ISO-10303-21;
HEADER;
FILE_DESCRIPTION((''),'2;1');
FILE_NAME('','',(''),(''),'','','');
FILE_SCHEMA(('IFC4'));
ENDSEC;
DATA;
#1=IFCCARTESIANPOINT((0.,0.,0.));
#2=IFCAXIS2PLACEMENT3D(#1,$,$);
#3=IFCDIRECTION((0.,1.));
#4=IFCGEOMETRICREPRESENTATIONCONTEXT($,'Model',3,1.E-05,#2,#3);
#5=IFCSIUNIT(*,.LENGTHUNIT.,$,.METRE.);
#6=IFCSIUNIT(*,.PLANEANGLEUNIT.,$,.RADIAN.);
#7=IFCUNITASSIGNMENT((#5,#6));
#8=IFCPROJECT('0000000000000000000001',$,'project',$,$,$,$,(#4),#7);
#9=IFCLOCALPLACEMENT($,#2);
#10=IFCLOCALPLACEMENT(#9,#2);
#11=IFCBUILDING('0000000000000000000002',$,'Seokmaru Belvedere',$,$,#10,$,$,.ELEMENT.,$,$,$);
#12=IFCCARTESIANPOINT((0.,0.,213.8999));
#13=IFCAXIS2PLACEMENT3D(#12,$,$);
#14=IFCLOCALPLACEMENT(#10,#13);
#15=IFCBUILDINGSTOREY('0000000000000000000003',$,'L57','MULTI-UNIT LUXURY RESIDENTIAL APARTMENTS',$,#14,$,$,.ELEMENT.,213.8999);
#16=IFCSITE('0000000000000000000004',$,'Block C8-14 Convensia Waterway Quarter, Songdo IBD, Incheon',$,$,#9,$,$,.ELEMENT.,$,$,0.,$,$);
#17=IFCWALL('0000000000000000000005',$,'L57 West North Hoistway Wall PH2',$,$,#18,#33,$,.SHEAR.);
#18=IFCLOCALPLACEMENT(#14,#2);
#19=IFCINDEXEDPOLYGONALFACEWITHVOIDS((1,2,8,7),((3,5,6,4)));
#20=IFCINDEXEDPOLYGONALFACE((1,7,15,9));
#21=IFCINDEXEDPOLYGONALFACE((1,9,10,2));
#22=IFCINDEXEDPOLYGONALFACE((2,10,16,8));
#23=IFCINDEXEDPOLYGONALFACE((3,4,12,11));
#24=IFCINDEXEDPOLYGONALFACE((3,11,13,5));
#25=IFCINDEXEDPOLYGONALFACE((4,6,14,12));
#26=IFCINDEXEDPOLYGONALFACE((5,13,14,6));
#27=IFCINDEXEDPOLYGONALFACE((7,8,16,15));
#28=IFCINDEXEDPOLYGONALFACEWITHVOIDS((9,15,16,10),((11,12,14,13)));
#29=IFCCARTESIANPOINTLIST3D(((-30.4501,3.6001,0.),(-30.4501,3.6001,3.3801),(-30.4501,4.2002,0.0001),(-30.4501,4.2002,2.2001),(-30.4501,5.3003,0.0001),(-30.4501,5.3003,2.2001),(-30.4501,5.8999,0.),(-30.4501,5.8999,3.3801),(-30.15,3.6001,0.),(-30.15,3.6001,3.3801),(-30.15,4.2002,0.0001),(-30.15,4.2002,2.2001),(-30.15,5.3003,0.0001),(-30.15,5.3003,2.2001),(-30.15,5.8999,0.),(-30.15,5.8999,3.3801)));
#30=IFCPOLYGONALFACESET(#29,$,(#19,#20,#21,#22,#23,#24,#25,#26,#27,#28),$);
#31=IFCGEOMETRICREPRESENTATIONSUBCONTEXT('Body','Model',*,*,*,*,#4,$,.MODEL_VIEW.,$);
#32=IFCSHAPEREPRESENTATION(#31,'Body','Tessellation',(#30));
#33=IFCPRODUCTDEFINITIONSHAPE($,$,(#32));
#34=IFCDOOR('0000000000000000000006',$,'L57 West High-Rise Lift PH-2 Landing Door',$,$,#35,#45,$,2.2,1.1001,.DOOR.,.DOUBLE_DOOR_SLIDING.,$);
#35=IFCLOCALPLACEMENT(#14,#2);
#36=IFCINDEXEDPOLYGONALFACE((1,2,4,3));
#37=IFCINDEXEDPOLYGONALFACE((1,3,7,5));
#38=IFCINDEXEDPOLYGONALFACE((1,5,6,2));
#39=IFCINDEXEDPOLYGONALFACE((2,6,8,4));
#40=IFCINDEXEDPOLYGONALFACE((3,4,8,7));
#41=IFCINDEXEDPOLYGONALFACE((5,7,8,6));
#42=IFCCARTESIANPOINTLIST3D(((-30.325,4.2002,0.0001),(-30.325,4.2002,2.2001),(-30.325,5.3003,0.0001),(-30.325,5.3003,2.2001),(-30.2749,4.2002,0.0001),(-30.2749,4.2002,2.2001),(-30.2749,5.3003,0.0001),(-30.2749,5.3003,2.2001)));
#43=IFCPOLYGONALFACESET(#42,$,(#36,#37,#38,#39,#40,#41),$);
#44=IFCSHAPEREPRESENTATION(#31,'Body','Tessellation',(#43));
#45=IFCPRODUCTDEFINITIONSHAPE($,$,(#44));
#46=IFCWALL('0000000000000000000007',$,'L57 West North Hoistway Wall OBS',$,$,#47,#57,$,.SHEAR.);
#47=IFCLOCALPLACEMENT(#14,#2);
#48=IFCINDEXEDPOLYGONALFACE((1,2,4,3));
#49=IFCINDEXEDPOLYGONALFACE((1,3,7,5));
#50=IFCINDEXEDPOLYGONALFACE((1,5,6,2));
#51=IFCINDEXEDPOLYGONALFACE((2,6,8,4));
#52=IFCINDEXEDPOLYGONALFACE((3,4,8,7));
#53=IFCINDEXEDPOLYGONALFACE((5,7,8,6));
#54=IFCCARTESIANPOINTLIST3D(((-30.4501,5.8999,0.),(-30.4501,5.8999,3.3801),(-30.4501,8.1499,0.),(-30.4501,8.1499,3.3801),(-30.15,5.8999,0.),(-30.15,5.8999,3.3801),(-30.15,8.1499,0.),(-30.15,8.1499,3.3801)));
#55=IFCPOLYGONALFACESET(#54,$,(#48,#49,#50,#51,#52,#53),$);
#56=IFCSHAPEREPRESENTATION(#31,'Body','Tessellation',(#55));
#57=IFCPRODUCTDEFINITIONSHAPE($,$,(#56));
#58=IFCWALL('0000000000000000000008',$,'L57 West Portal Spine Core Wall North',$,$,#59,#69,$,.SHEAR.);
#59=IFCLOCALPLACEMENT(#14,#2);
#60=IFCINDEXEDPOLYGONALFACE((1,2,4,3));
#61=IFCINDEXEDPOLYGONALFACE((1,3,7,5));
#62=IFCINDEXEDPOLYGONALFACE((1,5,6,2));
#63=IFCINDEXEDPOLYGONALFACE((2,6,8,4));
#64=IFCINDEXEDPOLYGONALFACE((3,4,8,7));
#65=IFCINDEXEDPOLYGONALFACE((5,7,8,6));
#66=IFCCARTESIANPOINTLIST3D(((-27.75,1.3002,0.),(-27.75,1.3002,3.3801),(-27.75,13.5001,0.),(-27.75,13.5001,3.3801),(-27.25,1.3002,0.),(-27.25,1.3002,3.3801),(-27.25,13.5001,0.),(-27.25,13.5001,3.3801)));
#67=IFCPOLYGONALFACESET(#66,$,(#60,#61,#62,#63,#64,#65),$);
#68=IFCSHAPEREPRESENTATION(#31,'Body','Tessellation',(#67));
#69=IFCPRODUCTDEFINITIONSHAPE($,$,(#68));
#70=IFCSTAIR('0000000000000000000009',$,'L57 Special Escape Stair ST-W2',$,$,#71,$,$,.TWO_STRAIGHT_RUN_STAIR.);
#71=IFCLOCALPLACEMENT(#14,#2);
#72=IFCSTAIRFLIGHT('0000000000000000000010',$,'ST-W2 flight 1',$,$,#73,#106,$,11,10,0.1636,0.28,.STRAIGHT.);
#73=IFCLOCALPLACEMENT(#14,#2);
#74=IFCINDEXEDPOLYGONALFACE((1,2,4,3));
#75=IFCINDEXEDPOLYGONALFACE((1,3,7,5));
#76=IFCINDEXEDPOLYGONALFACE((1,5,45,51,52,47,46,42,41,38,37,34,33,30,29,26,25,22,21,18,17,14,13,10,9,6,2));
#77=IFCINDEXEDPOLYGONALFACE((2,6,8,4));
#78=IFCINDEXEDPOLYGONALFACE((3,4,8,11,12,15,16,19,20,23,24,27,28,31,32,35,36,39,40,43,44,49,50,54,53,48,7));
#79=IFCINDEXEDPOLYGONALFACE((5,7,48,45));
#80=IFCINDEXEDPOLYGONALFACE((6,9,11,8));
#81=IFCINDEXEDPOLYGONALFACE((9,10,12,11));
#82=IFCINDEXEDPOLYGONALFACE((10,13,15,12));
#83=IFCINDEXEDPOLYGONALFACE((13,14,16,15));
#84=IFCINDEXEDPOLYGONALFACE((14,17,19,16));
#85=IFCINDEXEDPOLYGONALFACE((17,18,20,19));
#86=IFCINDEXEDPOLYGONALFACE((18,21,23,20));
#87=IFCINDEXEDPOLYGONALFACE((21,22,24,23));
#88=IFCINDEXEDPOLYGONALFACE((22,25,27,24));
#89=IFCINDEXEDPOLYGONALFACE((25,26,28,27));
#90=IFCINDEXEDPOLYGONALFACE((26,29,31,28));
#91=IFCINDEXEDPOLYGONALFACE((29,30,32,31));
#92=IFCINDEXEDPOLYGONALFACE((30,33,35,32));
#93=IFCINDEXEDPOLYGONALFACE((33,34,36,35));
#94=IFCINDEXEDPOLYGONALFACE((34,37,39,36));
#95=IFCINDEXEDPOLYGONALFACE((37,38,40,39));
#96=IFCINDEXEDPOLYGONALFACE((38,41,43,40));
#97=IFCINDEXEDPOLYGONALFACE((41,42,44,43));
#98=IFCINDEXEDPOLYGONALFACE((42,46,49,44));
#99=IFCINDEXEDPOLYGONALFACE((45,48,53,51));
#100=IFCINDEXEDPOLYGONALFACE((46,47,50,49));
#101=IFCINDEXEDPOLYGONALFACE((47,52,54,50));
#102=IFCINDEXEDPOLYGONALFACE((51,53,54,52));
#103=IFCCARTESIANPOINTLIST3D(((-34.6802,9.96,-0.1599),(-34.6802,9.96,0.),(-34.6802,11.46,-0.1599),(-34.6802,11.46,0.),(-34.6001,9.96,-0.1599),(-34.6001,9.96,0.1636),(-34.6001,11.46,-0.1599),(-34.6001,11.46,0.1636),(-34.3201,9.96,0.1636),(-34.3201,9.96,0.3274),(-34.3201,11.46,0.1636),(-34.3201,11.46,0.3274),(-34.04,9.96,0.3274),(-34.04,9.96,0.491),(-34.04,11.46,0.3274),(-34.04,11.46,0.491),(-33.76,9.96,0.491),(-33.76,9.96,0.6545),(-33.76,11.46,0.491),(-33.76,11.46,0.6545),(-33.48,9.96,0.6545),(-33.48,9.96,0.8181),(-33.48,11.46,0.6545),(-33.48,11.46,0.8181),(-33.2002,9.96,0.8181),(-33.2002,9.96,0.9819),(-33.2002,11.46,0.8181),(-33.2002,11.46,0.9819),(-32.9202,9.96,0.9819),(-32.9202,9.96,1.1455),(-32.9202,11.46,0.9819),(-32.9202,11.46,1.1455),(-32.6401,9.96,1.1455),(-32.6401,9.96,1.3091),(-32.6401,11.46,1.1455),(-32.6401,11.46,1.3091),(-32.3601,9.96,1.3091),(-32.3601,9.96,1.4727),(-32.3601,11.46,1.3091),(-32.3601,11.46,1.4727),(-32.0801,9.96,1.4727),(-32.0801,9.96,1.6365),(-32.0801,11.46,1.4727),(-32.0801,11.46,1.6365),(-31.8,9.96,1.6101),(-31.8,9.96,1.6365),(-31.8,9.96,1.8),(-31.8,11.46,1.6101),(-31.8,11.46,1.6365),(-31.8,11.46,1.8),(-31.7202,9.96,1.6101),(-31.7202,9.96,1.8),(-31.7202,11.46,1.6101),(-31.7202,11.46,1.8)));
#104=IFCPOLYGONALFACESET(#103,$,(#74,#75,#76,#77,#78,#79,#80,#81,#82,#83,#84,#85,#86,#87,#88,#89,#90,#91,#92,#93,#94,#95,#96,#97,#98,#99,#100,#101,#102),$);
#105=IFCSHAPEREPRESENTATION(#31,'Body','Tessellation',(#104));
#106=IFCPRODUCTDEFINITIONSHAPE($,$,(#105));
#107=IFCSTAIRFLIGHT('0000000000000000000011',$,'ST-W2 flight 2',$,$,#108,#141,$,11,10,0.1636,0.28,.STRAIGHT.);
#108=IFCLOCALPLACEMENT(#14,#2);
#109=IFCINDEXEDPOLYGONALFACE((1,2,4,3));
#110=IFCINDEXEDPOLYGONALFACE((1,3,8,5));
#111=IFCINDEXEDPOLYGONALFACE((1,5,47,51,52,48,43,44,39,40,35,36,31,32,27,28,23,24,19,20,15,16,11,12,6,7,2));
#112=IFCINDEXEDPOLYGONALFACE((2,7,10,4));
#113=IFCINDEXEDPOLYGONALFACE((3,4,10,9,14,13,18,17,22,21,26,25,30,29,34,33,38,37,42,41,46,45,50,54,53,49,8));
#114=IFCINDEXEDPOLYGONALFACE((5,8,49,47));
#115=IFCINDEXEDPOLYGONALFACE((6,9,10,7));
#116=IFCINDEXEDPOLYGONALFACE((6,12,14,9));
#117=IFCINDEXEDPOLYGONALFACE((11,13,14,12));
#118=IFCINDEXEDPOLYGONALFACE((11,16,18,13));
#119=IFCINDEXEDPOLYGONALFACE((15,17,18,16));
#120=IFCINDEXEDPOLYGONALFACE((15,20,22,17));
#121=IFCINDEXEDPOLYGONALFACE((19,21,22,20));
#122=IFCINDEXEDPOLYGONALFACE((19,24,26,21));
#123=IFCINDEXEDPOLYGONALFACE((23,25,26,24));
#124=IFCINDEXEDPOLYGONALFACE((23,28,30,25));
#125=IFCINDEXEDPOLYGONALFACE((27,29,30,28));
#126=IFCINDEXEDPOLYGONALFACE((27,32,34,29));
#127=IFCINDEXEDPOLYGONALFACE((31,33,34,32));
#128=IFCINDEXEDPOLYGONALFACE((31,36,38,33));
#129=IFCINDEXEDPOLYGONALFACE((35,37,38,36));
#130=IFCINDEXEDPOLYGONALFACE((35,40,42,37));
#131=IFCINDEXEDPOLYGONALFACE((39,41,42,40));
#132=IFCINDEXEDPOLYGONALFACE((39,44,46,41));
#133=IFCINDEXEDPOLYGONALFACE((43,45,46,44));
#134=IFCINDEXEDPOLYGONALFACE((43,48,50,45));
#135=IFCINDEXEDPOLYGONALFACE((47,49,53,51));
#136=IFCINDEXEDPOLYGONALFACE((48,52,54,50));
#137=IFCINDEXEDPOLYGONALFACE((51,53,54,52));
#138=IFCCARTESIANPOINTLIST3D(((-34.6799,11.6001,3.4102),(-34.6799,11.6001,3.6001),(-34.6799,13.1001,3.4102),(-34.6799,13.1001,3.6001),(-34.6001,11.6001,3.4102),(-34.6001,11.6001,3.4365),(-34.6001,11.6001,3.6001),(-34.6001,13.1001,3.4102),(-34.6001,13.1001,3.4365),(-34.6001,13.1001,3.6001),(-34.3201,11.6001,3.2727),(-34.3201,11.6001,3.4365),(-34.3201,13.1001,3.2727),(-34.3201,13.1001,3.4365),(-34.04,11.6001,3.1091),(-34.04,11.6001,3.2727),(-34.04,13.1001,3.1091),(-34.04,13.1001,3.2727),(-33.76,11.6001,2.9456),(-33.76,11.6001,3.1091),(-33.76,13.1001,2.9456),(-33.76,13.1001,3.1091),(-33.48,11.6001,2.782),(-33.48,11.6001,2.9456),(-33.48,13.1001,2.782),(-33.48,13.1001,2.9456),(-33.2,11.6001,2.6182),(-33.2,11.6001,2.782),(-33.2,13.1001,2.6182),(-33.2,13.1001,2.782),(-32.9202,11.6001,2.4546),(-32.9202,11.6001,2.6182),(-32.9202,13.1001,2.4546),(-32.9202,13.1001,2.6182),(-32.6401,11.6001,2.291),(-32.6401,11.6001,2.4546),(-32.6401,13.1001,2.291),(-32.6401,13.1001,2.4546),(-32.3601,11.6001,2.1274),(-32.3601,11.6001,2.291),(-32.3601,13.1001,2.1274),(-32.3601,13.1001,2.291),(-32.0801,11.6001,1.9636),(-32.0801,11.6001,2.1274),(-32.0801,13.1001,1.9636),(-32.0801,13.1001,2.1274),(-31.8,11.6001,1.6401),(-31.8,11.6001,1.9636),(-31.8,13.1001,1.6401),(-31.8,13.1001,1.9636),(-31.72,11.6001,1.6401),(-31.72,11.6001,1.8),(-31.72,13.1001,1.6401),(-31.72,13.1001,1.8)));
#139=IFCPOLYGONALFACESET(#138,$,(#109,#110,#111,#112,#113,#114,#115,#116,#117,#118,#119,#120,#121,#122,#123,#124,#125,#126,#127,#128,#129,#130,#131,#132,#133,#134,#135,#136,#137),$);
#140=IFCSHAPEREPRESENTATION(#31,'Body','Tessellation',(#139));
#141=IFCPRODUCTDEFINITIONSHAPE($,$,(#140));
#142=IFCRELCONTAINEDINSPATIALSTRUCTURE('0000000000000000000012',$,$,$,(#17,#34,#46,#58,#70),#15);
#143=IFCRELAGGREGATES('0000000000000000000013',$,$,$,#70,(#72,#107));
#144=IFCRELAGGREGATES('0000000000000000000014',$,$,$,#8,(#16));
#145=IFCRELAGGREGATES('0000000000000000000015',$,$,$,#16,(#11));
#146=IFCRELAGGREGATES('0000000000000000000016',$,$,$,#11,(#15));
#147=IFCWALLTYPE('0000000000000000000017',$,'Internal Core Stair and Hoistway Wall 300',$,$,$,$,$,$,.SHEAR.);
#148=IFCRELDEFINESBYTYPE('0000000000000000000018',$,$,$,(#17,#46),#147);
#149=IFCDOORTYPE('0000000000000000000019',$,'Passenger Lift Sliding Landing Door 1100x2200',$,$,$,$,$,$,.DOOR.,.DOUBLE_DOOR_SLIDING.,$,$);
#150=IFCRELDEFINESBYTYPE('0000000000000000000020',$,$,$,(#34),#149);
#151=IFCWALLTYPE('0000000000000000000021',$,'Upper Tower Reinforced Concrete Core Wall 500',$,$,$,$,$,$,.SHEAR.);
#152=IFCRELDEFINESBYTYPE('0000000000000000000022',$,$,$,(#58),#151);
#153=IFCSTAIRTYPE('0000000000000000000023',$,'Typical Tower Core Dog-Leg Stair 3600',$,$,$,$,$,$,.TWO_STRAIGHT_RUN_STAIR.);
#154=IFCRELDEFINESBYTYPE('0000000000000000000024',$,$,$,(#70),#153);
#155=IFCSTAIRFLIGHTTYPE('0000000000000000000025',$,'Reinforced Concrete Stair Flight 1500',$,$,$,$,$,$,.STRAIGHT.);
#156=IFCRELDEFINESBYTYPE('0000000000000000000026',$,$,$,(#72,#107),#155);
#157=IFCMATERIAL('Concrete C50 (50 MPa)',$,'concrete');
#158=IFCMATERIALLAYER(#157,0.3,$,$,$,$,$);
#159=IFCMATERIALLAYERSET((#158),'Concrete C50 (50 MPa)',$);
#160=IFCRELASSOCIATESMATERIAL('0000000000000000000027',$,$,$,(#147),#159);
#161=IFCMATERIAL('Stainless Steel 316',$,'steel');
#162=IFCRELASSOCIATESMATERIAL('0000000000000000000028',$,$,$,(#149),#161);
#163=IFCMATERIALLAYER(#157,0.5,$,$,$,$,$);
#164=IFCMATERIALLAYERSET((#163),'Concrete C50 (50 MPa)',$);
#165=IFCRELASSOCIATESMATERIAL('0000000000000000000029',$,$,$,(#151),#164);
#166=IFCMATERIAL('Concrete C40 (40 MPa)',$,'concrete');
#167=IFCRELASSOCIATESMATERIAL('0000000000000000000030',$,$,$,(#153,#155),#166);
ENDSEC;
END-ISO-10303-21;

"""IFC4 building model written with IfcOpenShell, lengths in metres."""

from ifc_helpers import new_model, si_unit, direction, frame, frame_2d, origin, place, context, subcontext, project, spatial, polyline, rectangle, outline, extrude, source, transform, mapped, material, layer, layer_set, type_object, type_shapes, element, fill, aggregate, save


model = new_model("IFC4")

# Units and contexts
model_context = context("Model", 3, precision=1e-05, world=origin(), true_north=direction((0.0, 1.0)))
body_context = subcontext(model_context, "Body", "Model", "MODEL_VIEW")
ifc_project = project(units=[si_unit("LENGTHUNIT", "METRE"), si_unit("PLANEANGLEUNIT", "RADIAN")], contexts=[model_context])

# Site, building, storey
site_placement = place(None, origin())
site = spatial("IfcSite", under=ifc_project, at=site_placement, Name="Block C8-14 Convensia Waterway Quarter, Songdo IBD, Incheon", CompositionType="ELEMENT", RefElevation=0.0)
building_placement = place(site_placement, origin())
building = spatial("IfcBuilding", under=site, at=building_placement, Name="Seokmaru Belvedere", CompositionType="ELEMENT")
storey_placement = place(building_placement, frame((0.0, 0.0, 213.8999)))
storey = spatial("IfcBuildingStorey", under=building, at=storey_placement, Name="L57", Description="MULTI-UNIT LUXURY RESIDENTIAL APARTMENTS", CompositionType="ELEMENT", Elevation=213.8999)

# Shared definitions
ifc_material_1 = material(Name="Concrete C50 (50 MPa)", Category="concrete")

# Wall, opening, door
ifc_layer_1 = layer(ifc_material_1, 0.3)
ifc_layer_set_1 = layer_set([ifc_layer_1], Name="Concrete C50 (50 MPa)")
wall_type_1 = type_object("IfcWallType", Name="Internal Core Stair and Hoistway Wall 300", PredefinedType="SHEAR", material=ifc_layer_set_1)
ifc_material_2 = material(Name="Stainless Steel 316", Category="steel")
door_type_1 = type_object("IfcDoorType", Name="Passenger Lift Sliding Landing Door 1100x2200", OperationType="DOUBLE_DOOR_SLIDING", PredefinedType="DOOR", material=ifc_material_2)
shared_shape_1 = source(origin(), body_context, "Body", "SweptSolid", [
    extrude(rectangle(XDim=1.1001, YDim=2.2, at=frame_2d((0.55, 1.1001))), frame((0.0, 0.0249, 0.0), z_axis=(0.0, -1.0, 0.0), x_axis=(1.0, 0.0, 0.0)), (0.0, 0.0, 1.0), 0.05),
])
type_shapes(door_type_1, [shared_shape_1])
wall_1_placement = place(storey_placement, frame((-30.3, 3.6001, 0.0), z_axis=(0.0, 0.0, 1.0), x_axis=(0.0, 1.0, 0.0)))
wall_1 = element("IfcWall", 1, at=wall_1_placement, inside=storey, type_object=wall_type_1, Name="L57 West North Hoistway Wall PH2", PredefinedType="SHEAR", context=body_context, shape_type="SweptSolid", body=[
    extrude(rectangle(XDim=2.2998, YDim=0.3, at=frame_2d((1.1499, 0.0))), origin(), (0.0, 0.0, 1.0), 3.3801),
])
opening_1_placement = place(wall_1_placement, frame((0.6001, 0.0, 0.0)))
opening_1 = element("IfcOpeningElement", 2, at=opening_1_placement, cuts=wall_1, PredefinedType="OPENING", context=body_context, shape_type="SweptSolid", body=[
    extrude(rectangle(XDim=1.1001, YDim=2.2, at=frame_2d((0.55, 1.1001))), frame((0.0, 0.1602, 0.0), z_axis=(0.0, -1.0, 0.0), x_axis=(1.0, 0.0, 0.0)), (0.0, 0.0, 1.0), 0.3201),
])
door_1_placement = place(opening_1_placement, origin())
door_1 = element("IfcDoor", 3, at=door_1_placement, inside=storey, type_object=door_type_1, Name="L57 West High-Rise Lift PH-2 Landing Door", OperationType="DOUBLE_DOOR_SLIDING", OverallHeight=2.2, OverallWidth=1.1001, PredefinedType="DOOR", context=body_context, shape_type="MappedRepresentation", body=[
    mapped(shared_shape_1, transform((0.0, 0.0, 0.0), scale=1.0)),
])
fill(opening_1, door_1)

# Wall
wall_2_placement = place(storey_placement, frame((-30.3, 5.8999, 0.0), z_axis=(0.0, 0.0, 1.0), x_axis=(0.0, 1.0, 0.0)))
element("IfcWall", 4, at=wall_2_placement, inside=storey, type_object=wall_type_1, Name="L57 West North Hoistway Wall OBS", PredefinedType="SHEAR", context=body_context, shape_type="SweptSolid", body=[
    extrude(rectangle(XDim=2.25, YDim=0.3, at=frame_2d((1.125, 0.0))), origin(), (0.0, 0.0, 1.0), 3.3801),
])

# Wall
ifc_layer_2 = layer(ifc_material_1, 0.5)
ifc_layer_set_2 = layer_set([ifc_layer_2], Name="Concrete C50 (50 MPa)")
wall_type_2 = type_object("IfcWallType", Name="Upper Tower Reinforced Concrete Core Wall 500", PredefinedType="SHEAR", material=ifc_layer_set_2)
wall_3_placement = place(storey_placement, frame((-27.5, 1.3, 0.0), z_axis=(0.0, 0.0, 1.0), x_axis=(0.0, 1.0, 0.0)))
element("IfcWall", 5, at=wall_3_placement, inside=storey, type_object=wall_type_2, Name="L57 West Portal Spine Core Wall North", PredefinedType="SHEAR", context=body_context, shape_type="SweptSolid", body=[
    extrude(rectangle(XDim=12.2, YDim=0.5, at=frame_2d((6.1001, 0.0))), origin(), (0.0, 0.0, 1.0), 3.3801),
])

# Stair, stair flights
ifc_material_3 = material(Name="Concrete C40 (40 MPa)", Category="concrete")
stair_type = type_object("IfcStairType", Name="Typical Tower Core Dog-Leg Stair 3600", PredefinedType="TWO_STRAIGHT_RUN_STAIR", material=ifc_material_3)
stair_placement = place(storey_placement, origin())
stair = element("IfcStair", 6, at=stair_placement, inside=storey, type_object=stair_type, Name="L57 Special Escape Stair ST-W2", PredefinedType="TWO_STRAIGHT_RUN_STAIR")
stair_flight_type = type_object("IfcStairFlightType", Name="Reinforced Concrete Stair Flight 1500", PredefinedType="STRAIGHT", material=ifc_material_3)
stair_flight_1_placement = place(storey_placement, frame((-34.6001, 10.71, 0.0), z_axis=(0.0, 0.0, 1.0), x_axis=(1.0, 0.0, 0.0)))
stair_flight_1 = element("IfcStairFlight", 7, at=stair_flight_1_placement, type_object=stair_flight_type, Name="ST-W2 flight 1", NumberOfRisers=11, NumberOfTreads=10, PredefinedType="STRAIGHT", RiserHeight=0.1636, TreadLength=0.28, context=body_context, shape_type="SweptSolid", body=[
    extrude(outline(polyline([(-0.0801, 0.0), (0.0, 0.1636), (0.28, 0.1636), (0.28, 0.3274), (0.5601, 0.3274), (0.5601, 0.491), (0.8401, 0.491), (0.8401, 0.6545), (1.1201, 0.6545), (1.1201, 0.8181), (1.3999, 0.8181), (1.3999, 0.9819), (1.6799, 0.9819), (1.6799, 1.1455), (1.96, 1.1455), (1.96, 1.3091), (2.24, 1.3091), (2.24, 1.4727), (2.52, 1.4727), (2.52, 1.6365), (2.8, 1.6365), (2.8, 1.8), (2.8799, 1.8), (2.8799, 1.6101), (2.8, 1.6101), (0.0, -0.1599), (-0.0801, -0.1599), (-0.0801, 0.0)])), frame((0.0, 0.75, 0.0), z_axis=(0.0, -1.0, 0.0), x_axis=(1.0, 0.0, 0.0)), (0.0, 0.0, 1.0), 1.5),
])
stair_flight_2_placement = place(storey_placement, frame((-31.8, 12.3501, 1.8), z_axis=(0.0, 0.0, 1.0), x_axis=(-1.0, 0.0, 0.0)))
stair_flight_2 = element("IfcStairFlight", 8, at=stair_flight_2_placement, type_object=stair_flight_type, Name="ST-W2 flight 2", NumberOfRisers=11, NumberOfTreads=10, PredefinedType="STRAIGHT", RiserHeight=0.1636, TreadLength=0.28, context=body_context, shape_type="SweptSolid", body=[
    extrude(outline(polyline([(-0.0801, 0.0), (0.0, 0.1636), (0.28, 0.1636), (0.28, 0.3274), (0.5601, 0.3274), (0.5601, 0.491), (0.8401, 0.491), (0.8401, 0.6545), (1.1201, 0.6545), (1.1201, 0.8181), (1.3999, 0.8181), (1.3999, 0.9819), (1.6799, 0.9819), (1.6799, 1.1455), (1.96, 1.1455), (1.96, 1.3091), (2.24, 1.3091), (2.24, 1.4727), (2.52, 1.4727), (2.52, 1.6365), (2.8, 1.6365), (2.8, 1.8), (2.8799, 1.8), (2.8799, 1.6101), (2.8, 1.6101), (0.0, -0.1599), (-0.0801, -0.1599), (-0.0801, 0.0)])), frame((0.0, 0.75, 0.0), z_axis=(0.0, -1.0, 0.0), x_axis=(1.0, 0.0, 0.0)), (0.0, 0.0, 1.0), 1.5),
])
aggregate(stair, [stair_flight_1, stair_flight_2])

save(model, "model.ifc")
